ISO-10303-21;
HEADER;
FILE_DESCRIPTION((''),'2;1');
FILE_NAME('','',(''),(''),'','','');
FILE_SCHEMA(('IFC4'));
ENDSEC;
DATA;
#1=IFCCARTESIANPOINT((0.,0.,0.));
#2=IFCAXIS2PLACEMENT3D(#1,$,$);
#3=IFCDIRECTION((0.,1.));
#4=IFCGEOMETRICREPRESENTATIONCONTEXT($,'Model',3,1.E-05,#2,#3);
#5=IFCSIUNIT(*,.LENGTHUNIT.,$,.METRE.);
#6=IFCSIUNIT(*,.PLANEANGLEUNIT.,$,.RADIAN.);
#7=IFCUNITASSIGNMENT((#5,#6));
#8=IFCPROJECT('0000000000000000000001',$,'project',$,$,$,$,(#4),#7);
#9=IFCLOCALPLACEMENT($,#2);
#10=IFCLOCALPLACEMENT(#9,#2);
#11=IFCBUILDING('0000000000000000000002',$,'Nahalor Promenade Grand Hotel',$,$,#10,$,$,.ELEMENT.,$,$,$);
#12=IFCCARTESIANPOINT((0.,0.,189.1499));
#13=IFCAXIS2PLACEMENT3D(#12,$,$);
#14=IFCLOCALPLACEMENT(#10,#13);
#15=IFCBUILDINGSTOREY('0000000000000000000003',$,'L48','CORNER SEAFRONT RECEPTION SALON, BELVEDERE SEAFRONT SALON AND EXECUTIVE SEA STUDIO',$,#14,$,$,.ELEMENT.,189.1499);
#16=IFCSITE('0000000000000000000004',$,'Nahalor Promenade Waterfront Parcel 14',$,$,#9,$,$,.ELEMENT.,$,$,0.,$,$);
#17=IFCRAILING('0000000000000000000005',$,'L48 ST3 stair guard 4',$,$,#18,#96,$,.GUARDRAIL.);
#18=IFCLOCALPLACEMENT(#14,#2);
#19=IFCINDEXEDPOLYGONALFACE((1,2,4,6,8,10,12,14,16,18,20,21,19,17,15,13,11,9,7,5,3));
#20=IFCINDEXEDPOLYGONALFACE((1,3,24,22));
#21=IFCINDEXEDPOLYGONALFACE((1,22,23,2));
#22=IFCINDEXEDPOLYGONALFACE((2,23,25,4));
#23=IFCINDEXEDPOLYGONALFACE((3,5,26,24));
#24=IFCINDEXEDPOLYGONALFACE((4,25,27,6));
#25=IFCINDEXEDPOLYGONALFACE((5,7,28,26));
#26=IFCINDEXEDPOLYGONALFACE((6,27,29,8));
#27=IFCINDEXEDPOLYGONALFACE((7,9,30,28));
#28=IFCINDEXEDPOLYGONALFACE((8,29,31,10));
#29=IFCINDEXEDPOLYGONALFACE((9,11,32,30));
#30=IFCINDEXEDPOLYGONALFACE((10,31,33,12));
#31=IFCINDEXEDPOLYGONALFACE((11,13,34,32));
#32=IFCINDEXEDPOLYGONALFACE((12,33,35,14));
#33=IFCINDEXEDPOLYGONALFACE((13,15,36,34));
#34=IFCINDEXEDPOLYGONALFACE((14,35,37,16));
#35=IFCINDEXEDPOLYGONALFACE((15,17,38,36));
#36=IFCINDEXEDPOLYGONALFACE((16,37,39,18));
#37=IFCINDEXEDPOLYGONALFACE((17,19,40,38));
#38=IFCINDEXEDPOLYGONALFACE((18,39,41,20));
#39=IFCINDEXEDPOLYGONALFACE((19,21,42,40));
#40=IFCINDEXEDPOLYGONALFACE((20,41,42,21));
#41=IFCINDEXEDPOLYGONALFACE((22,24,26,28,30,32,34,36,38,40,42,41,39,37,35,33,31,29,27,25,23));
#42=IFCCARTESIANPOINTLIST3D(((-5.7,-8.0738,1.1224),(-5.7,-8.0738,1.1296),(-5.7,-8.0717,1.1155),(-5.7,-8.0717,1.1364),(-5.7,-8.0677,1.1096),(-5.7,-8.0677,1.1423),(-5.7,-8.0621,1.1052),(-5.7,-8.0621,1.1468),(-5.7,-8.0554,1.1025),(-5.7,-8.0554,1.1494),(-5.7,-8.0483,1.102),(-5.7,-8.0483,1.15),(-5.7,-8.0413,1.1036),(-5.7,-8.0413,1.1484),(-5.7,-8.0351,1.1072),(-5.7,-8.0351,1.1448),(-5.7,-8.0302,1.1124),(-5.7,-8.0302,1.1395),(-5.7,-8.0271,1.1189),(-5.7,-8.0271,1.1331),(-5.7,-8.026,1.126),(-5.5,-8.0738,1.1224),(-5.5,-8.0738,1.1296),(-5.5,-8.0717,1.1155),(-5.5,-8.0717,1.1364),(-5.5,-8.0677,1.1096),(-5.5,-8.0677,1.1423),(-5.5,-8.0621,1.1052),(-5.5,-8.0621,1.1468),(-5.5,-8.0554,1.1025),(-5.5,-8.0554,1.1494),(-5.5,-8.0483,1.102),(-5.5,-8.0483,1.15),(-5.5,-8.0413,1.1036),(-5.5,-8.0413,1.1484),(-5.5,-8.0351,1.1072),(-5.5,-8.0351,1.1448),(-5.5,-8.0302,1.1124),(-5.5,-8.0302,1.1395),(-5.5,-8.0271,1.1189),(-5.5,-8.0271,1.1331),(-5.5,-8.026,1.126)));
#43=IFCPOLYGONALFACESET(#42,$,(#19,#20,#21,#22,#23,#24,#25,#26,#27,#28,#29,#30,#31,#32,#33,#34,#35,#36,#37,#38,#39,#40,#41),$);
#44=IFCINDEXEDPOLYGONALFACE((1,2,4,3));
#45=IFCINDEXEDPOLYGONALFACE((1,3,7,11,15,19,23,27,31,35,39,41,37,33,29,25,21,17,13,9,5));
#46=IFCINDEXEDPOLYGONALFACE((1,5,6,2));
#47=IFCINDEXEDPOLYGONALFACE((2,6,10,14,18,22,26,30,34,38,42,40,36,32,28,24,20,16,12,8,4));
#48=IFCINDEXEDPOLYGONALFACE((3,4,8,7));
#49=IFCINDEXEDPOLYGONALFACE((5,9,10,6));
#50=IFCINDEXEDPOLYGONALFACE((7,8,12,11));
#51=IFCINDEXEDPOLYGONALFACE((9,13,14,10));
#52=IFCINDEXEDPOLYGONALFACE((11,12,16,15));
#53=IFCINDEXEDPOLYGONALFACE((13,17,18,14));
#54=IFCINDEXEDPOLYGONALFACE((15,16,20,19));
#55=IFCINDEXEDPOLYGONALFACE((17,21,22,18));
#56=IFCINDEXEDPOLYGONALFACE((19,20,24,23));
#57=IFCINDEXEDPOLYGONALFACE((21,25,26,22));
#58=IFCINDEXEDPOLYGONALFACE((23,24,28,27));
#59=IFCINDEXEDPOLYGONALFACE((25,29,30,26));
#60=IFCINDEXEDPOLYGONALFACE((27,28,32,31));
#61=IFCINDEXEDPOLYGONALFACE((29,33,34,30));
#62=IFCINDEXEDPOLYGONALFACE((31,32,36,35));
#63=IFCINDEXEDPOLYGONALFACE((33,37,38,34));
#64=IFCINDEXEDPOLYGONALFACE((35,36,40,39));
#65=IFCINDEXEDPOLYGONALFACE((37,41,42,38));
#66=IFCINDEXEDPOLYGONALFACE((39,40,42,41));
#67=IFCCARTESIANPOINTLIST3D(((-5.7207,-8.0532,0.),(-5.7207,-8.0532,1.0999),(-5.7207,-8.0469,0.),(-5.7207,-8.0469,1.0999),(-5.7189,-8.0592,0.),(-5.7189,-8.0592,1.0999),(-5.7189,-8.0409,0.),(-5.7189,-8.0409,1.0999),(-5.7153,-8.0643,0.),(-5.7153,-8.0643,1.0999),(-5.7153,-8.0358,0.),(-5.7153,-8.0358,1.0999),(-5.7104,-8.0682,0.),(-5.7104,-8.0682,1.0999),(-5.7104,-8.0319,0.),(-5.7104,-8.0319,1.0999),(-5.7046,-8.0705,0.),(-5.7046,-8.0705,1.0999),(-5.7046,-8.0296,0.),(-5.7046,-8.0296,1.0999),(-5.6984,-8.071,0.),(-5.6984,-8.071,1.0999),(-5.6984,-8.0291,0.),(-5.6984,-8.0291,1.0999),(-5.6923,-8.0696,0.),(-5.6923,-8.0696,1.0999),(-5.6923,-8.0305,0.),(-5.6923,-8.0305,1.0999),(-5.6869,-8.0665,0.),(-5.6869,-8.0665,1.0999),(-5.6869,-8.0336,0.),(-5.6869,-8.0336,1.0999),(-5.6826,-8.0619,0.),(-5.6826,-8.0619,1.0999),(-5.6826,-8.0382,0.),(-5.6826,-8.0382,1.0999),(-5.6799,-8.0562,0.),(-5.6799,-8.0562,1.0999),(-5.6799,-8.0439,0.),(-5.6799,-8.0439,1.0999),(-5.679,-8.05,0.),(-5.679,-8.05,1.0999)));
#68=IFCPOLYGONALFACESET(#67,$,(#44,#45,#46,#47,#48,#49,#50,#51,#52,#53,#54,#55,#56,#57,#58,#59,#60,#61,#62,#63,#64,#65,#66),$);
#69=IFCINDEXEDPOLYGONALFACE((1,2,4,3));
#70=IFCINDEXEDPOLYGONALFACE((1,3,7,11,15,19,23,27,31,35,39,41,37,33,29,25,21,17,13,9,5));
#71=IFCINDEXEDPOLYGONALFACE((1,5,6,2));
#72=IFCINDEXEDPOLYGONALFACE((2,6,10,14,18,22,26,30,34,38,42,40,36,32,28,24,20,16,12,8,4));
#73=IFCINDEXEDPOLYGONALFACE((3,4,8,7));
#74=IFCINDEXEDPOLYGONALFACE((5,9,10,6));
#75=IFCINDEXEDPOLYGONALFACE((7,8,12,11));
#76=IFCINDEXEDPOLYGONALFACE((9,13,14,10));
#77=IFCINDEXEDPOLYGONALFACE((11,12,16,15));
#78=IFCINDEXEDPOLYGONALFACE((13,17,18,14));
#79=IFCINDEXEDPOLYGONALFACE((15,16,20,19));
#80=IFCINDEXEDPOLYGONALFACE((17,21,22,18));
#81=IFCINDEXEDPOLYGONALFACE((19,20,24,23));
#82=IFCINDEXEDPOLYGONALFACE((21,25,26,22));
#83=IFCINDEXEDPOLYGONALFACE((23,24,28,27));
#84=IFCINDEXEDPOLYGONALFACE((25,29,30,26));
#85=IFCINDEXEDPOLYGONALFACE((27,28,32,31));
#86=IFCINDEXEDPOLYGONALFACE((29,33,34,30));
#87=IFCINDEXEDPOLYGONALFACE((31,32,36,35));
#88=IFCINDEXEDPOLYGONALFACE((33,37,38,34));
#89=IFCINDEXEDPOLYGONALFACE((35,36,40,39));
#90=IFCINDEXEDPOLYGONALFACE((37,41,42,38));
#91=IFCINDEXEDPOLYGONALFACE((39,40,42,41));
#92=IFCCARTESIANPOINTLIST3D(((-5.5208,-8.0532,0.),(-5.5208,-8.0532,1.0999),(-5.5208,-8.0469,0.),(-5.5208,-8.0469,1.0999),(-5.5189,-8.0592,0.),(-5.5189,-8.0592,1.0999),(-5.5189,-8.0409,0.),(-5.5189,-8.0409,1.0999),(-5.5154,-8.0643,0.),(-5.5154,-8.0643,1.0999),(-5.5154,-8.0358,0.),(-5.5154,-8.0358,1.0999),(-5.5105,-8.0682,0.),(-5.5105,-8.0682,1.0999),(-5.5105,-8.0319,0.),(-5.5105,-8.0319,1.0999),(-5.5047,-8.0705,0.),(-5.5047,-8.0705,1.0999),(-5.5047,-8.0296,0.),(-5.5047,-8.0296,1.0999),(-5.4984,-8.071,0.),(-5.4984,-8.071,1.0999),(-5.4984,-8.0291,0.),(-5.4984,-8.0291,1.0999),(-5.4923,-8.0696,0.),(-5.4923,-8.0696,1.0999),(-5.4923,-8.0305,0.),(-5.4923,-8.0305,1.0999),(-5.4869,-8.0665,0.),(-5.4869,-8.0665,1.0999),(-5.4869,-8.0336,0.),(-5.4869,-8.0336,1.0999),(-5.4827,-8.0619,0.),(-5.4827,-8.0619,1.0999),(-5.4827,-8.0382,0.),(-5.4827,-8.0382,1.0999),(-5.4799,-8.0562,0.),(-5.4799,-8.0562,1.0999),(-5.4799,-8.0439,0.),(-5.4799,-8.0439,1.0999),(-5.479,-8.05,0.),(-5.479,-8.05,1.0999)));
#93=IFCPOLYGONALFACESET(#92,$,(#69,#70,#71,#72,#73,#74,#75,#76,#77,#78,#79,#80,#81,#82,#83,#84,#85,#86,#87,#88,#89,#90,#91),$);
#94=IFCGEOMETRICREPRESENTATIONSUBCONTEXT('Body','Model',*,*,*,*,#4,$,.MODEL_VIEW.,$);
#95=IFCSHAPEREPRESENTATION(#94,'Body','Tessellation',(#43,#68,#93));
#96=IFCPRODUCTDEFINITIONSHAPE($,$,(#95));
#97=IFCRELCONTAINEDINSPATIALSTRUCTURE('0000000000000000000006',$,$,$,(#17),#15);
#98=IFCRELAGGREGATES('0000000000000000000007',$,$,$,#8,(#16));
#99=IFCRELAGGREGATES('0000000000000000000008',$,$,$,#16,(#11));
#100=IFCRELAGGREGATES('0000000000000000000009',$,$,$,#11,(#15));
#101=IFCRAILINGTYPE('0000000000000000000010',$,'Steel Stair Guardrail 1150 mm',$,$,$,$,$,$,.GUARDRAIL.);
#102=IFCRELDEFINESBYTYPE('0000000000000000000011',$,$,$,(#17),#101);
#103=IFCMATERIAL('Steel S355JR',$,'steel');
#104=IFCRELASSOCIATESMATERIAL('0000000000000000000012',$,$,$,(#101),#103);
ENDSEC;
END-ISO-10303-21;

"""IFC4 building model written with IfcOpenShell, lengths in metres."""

from ifc_helpers import new_model, si_unit, direction, frame, origin, origin_2d, place, context, subcontext, project, spatial, circle, extrude, material, type_object, element, save


model = new_model("IFC4")

# Units and contexts
model_context = context("Model", 3, precision=1e-05, world=origin(), true_north=direction((0.0, 1.0)))
body_context = subcontext(model_context, "Body", "Model", "MODEL_VIEW")
ifc_project = project(units=[si_unit("LENGTHUNIT", "METRE"), si_unit("PLANEANGLEUNIT", "RADIAN")], contexts=[model_context])

# Site, building, storey
site_placement = place(None, origin())
site = spatial("IfcSite", under=ifc_project, at=site_placement, Name="Nahalor Promenade Waterfront Parcel 14", CompositionType="ELEMENT", RefElevation=0.0)
building_placement = place(site_placement, origin())
building = spatial("IfcBuilding", under=site, at=building_placement, Name="Nahalor Promenade Grand Hotel", CompositionType="ELEMENT")
storey_placement = place(building_placement, frame((0.0, 0.0, 189.1499)))
storey = spatial("IfcBuildingStorey", under=building, at=storey_placement, Name="L48", Description="CORNER SEAFRONT RECEPTION SALON, BELVEDERE SEAFRONT SALON AND EXECUTIVE SEA STUDIO", CompositionType="ELEMENT", Elevation=189.1499)

# Shared definitions
ifc_material_1 = material(Name="Steel S355JR", Category="steel")

# Railing
railing_type_1 = type_object("IfcRailingType", Name="Steel Stair Guardrail 1150 mm", PredefinedType="GUARDRAIL", material=ifc_material_1)
railing_1_placement = place(storey_placement, frame((-5.7, -8.05, 0.0)))
element("IfcRailing", 1, at=railing_1_placement, inside=storey, type_object=railing_type_1, Name="L48 ST3 stair guard 4", PredefinedType="GUARDRAIL", context=body_context, shape_type="SweptSolid", body=[
    extrude(circle(Radius=0.024, at=origin_2d()), frame((0.0, 0.0, 1.126), z_axis=(1.0, 0.0, 0.0), x_axis=(0.0, 1.0, 0.0)), (0.0, 0.0, 1.0), 0.2),
    extrude(circle(Radius=0.021, at=origin_2d()), origin(), (0.0, 0.0, 1.0), 1.0999),
    extrude(circle(Radius=0.021, at=origin_2d()), frame((0.2, 0.0, 0.0)), (0.0, 0.0, 1.0), 1.0999),
])

save(model, "model.ifc")
